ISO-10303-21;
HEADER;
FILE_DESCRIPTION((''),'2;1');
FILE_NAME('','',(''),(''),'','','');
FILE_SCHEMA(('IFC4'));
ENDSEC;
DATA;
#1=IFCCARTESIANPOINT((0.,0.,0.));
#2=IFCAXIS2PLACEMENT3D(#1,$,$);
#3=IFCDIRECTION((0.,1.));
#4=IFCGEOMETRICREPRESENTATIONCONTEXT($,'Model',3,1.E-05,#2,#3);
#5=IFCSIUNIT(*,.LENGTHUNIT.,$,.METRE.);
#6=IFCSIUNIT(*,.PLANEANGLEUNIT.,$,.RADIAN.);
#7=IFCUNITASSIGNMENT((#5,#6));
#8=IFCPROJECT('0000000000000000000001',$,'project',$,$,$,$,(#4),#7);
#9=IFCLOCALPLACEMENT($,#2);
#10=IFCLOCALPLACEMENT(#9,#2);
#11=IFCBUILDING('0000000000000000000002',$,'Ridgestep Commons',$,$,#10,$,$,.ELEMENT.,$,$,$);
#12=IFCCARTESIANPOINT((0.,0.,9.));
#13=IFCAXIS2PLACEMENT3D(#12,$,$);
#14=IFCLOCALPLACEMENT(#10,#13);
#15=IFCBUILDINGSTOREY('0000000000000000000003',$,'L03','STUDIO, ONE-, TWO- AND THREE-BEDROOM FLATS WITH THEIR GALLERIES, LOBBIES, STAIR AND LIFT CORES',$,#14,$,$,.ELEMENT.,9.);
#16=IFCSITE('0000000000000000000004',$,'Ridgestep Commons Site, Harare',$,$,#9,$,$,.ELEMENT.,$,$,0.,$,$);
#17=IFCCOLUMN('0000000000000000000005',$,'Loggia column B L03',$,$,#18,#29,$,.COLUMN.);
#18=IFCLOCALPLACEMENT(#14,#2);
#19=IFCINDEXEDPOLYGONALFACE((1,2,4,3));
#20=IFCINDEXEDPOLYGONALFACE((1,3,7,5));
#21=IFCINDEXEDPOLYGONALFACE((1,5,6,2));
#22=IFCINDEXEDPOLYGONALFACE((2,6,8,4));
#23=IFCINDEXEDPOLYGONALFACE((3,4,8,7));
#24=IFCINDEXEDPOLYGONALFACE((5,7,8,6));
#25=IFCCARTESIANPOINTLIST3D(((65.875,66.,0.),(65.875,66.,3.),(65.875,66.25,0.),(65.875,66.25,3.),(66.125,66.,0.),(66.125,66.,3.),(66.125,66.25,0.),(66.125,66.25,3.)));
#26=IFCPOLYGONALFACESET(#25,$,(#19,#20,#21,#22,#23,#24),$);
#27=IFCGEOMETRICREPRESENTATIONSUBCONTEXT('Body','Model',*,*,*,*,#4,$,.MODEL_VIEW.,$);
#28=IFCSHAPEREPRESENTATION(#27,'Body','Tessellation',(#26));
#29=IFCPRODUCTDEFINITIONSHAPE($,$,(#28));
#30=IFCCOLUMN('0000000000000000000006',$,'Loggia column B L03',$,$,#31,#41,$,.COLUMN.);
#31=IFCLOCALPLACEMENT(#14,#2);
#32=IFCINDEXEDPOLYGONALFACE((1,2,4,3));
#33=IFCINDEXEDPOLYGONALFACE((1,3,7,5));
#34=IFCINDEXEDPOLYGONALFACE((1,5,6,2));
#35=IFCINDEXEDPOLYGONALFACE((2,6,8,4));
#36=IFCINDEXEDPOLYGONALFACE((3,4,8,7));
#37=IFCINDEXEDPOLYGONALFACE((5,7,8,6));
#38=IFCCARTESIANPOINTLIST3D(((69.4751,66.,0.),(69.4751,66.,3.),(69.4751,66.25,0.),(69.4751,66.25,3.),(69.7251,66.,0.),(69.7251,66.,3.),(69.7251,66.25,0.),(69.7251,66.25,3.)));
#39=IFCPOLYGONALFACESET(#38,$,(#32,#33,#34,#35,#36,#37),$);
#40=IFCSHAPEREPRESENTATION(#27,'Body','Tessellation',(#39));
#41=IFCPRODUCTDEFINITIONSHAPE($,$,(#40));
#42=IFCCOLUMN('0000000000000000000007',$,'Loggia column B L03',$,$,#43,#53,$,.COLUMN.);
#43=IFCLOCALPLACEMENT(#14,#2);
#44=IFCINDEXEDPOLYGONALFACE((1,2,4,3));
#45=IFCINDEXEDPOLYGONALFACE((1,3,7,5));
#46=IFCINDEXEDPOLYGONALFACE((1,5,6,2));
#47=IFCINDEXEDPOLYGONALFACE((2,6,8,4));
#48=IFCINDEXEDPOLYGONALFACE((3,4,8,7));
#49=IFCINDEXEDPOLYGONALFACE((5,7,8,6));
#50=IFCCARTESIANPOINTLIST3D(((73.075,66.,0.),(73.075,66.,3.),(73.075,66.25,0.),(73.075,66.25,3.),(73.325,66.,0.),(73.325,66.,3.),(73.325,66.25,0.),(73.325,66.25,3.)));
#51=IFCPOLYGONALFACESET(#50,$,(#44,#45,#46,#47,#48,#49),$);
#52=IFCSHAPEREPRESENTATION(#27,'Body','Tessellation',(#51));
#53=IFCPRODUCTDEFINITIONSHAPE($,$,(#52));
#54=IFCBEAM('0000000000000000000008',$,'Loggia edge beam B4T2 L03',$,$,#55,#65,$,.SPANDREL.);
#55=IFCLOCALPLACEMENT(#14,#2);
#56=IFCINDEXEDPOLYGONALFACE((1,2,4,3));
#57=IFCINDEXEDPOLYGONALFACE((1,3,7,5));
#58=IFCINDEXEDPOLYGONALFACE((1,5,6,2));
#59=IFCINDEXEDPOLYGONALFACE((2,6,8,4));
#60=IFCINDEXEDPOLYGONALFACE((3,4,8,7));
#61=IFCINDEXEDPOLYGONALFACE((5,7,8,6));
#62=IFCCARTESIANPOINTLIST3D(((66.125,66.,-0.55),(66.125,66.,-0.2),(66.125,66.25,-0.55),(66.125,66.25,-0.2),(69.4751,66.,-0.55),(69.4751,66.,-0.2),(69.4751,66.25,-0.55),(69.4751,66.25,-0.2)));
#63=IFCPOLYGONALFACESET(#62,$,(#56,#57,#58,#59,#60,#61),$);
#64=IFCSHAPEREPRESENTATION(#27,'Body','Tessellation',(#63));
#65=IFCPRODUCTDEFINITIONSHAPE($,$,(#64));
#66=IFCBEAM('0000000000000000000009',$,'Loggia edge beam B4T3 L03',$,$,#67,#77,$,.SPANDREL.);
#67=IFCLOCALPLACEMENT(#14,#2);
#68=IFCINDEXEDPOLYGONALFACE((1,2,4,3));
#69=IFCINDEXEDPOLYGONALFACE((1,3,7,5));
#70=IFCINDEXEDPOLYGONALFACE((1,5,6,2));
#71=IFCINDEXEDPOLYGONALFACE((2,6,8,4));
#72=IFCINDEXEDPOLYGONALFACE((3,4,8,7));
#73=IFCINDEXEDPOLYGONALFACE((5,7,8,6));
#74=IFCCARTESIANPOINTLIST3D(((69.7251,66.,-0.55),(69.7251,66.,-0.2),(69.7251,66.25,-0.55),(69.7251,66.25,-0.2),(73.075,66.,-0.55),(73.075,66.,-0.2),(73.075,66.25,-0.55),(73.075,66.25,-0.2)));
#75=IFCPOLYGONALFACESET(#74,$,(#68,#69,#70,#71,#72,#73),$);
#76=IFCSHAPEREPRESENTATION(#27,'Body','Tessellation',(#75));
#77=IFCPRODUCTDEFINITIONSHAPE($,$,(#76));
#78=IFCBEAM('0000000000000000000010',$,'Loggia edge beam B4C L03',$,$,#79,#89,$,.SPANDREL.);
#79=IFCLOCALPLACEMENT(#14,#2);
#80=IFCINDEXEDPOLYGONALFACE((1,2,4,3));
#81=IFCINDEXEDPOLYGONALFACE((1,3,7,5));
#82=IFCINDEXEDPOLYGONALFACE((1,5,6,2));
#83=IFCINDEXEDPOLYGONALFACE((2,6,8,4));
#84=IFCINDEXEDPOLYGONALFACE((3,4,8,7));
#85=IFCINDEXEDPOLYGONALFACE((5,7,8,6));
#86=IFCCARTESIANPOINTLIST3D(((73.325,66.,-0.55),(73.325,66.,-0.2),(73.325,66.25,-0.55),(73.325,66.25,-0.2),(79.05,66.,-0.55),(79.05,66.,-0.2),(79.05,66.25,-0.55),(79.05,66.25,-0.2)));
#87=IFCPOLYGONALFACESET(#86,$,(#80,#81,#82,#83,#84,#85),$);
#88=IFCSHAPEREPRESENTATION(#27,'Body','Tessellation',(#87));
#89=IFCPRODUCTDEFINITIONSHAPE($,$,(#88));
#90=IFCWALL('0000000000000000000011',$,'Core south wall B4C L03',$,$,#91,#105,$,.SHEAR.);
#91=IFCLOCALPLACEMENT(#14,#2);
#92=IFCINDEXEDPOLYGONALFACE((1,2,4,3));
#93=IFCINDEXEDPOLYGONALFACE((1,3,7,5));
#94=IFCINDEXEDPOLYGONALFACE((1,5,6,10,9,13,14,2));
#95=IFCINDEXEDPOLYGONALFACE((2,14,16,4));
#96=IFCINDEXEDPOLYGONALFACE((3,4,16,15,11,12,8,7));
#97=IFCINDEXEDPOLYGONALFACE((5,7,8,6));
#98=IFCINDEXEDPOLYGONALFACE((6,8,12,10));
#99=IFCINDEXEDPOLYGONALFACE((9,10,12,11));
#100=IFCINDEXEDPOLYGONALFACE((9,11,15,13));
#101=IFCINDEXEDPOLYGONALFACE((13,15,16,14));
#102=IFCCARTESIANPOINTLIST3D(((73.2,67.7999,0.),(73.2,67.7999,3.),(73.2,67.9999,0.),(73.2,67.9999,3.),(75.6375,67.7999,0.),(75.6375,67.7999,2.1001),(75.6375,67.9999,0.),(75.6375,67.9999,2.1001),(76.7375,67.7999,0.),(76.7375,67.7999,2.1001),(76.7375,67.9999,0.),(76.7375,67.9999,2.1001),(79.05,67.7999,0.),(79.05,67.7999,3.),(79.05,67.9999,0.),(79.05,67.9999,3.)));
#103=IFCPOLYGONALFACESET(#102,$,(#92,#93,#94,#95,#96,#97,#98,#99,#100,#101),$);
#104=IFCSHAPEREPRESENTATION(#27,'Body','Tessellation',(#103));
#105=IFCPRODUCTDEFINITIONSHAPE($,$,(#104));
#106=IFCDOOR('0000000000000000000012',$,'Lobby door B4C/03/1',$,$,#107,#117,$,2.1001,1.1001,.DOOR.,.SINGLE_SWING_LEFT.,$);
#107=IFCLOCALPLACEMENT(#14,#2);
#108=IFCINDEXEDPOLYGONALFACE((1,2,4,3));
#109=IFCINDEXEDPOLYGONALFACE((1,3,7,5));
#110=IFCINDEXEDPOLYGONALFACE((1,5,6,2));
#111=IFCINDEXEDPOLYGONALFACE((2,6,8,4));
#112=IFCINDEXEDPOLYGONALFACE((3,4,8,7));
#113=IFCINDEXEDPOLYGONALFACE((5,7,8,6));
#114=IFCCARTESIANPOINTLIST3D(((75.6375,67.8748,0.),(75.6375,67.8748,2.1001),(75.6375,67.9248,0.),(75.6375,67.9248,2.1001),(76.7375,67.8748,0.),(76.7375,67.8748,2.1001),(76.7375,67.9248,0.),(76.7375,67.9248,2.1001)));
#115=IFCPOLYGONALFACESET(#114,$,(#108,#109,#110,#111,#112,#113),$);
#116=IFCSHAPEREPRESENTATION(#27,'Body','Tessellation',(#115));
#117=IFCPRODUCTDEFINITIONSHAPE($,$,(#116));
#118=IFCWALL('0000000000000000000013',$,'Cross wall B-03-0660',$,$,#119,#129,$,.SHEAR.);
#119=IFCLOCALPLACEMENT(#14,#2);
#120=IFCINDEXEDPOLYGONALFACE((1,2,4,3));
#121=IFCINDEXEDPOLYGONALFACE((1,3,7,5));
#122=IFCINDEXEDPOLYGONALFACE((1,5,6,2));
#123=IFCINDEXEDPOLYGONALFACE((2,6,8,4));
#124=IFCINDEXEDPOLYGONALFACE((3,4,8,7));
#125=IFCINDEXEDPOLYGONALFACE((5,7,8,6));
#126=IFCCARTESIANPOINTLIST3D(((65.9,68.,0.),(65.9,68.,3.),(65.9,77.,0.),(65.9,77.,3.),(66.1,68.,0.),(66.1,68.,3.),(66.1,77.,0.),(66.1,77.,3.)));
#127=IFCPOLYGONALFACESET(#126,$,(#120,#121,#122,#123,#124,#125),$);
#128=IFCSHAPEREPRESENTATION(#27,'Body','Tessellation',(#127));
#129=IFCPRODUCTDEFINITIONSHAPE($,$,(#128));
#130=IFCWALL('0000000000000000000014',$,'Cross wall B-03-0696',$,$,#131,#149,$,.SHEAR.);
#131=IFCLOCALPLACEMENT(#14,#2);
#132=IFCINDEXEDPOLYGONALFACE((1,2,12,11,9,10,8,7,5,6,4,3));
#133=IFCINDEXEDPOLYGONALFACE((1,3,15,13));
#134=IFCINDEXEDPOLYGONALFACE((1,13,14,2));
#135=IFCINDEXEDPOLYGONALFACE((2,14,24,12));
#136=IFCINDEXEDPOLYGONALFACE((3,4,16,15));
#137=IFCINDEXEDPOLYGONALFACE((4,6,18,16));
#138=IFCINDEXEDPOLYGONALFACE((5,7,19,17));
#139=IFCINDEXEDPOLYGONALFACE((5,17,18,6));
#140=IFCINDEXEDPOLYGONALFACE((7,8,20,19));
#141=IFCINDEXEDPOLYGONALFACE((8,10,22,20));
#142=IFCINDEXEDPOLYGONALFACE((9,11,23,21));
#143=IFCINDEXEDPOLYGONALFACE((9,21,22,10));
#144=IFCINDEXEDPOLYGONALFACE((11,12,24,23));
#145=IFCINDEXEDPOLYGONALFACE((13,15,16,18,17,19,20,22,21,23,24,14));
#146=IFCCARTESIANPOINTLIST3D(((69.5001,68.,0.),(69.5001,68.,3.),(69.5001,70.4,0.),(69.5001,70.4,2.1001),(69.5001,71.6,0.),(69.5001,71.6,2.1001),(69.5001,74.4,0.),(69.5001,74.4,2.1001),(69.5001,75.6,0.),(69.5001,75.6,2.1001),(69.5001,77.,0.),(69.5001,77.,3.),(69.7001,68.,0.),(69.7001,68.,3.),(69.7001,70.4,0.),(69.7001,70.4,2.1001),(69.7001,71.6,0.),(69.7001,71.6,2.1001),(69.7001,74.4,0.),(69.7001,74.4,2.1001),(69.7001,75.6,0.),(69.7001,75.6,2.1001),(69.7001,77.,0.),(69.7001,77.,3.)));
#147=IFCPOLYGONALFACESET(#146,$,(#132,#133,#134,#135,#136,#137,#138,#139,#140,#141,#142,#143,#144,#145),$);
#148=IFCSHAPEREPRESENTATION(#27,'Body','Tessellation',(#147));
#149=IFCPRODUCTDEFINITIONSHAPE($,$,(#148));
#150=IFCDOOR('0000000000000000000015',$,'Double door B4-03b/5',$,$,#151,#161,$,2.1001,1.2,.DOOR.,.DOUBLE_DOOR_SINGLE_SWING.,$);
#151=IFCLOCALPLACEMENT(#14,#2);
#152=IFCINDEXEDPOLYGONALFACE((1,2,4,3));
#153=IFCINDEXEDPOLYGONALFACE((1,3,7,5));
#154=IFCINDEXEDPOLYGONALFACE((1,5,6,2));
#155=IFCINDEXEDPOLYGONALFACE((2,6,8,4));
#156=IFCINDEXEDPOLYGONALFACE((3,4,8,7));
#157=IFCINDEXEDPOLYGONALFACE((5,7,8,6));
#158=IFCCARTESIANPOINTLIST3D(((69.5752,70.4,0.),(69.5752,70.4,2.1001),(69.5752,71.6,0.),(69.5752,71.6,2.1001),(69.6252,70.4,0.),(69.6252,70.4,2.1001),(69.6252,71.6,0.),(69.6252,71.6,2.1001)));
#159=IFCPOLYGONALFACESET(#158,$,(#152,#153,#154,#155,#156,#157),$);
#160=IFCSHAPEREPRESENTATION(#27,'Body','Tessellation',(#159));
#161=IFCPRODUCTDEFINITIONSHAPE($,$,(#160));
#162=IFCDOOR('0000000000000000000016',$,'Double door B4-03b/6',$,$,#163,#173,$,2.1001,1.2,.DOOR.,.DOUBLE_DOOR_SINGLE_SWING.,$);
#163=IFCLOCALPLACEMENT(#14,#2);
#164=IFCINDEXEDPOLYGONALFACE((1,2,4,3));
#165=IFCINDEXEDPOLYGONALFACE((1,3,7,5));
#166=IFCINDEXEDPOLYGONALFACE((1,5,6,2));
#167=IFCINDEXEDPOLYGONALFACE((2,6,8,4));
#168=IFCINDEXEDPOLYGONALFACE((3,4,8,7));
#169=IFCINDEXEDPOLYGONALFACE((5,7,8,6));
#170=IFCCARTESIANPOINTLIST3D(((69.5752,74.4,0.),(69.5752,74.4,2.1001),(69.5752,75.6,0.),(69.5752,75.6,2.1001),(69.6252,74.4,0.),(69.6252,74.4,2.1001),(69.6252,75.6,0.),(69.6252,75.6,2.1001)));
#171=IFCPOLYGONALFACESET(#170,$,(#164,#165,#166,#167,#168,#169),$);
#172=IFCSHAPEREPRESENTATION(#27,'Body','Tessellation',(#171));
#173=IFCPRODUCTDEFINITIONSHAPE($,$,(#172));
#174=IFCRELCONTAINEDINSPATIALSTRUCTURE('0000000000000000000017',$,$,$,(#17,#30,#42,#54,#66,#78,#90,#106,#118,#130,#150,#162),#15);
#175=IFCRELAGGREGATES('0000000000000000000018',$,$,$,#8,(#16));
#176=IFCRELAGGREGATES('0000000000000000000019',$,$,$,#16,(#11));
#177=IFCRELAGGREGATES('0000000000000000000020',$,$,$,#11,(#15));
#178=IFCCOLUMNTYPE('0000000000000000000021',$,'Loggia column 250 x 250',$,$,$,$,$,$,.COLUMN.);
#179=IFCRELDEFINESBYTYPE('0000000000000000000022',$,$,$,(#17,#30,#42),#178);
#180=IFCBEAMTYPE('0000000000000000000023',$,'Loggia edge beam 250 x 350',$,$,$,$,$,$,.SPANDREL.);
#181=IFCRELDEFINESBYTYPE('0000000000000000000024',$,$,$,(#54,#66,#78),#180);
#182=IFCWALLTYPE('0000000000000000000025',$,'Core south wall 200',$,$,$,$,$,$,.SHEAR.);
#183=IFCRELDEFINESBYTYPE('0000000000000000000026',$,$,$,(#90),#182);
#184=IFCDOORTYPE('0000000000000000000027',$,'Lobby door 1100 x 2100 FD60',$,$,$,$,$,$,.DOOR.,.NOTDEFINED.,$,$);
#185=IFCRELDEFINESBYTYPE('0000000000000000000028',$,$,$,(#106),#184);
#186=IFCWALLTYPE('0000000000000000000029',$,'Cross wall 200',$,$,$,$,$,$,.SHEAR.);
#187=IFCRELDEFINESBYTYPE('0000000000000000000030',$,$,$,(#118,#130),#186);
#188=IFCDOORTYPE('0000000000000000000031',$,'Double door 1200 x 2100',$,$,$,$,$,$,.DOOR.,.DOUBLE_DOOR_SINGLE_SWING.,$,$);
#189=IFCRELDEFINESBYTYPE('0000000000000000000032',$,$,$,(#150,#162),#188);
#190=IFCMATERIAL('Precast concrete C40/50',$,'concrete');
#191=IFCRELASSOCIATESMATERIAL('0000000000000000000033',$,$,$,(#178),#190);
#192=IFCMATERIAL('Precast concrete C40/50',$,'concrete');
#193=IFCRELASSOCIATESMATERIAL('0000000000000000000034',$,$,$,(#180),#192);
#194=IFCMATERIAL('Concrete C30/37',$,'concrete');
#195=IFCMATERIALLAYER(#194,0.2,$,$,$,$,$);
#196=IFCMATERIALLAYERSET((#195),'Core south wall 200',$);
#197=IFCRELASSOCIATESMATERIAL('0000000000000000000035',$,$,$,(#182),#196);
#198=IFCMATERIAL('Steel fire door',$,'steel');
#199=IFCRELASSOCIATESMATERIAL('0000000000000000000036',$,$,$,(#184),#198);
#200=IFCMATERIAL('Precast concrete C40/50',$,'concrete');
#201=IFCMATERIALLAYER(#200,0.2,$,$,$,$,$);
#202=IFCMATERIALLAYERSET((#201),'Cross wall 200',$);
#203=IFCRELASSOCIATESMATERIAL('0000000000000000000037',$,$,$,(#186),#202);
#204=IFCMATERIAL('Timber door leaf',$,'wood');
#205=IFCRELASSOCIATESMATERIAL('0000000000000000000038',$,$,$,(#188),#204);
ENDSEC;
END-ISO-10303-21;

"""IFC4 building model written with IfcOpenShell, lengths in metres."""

from ifc_helpers import new_model, si_unit, direction, frame, frame_2d, origin, origin_2d, place, context, subcontext, project, spatial, rectangle, extrude, material, layer, layer_set, material_profile, profile_set, type_object, element, fill, save


model = new_model("IFC4")

# Units and contexts
model_context = context("Model", 3, precision=1e-05, world=origin(), true_north=direction((0.0, 1.0)))
body_context = subcontext(model_context, "Body", "Model", "MODEL_VIEW")
ifc_project = project(units=[si_unit("LENGTHUNIT", "METRE"), si_unit("PLANEANGLEUNIT", "RADIAN")], contexts=[model_context])

# Site, building, storey
site_placement = place(None, origin())
site = spatial("IfcSite", under=ifc_project, at=site_placement, Name="Ridgestep Commons Site, Harare", CompositionType="ELEMENT", RefElevation=0.0)
building_placement = place(site_placement, origin())
building = spatial("IfcBuilding", under=site, at=building_placement, Name="Ridgestep Commons", CompositionType="ELEMENT")
storey_placement = place(building_placement, frame((0.0, 0.0, 9.0)))
storey = spatial("IfcBuildingStorey", under=building, at=storey_placement, Name="L03", Description="STUDIO, ONE-, TWO- AND THREE-BEDROOM FLATS WITH THEIR GALLERIES, LOBBIES, STAIR AND LIFT CORES", CompositionType="ELEMENT", Elevation=9.0)

# Columns
ifc_material_1 = material(Name="Precast concrete C40/50", Category="concrete")
ifc_material_profile_1 = material_profile(ifc_material_1, rectangle(XDim=0.25, YDim=0.25, at=origin_2d()), Name="PC 250x250")
ifc_profile_set_1 = profile_set([ifc_material_profile_1], Name="Precast concrete C40/50")
column_type = type_object("IfcColumnType", Name="Loggia column 250 x 250", PredefinedType="COLUMN", material=ifc_profile_set_1)
for number, where, z_axis, x_axis, name in (
    (1, (66.0, 66.125, 0.0), (0.0, 0.0, 1.0), (1.0, 0.0, 0.0), "Loggia column B L03"),
    (2, (69.6001, 66.125, 0.0), (0.0, 0.0, 1.0), (1.0, 0.0, 0.0), "Loggia column B L03"),
    (3, (73.2, 66.125, 0.0), (0.0, 0.0, 1.0), (1.0, 0.0, 0.0), "Loggia column B L03"),
):
    element("IfcColumn", number, at=place(storey_placement, frame(where, z_axis=z_axis, x_axis=x_axis)), inside=storey, type_object=column_type, Name=name, PredefinedType="COLUMN", context=body_context, shape_type="SweptSolid", body=[
        extrude(rectangle(XDim=0.25, YDim=0.25, at=origin_2d()), origin(), (0.0, 0.0, 1.0), 3.0),
    ])

# Beams
ifc_material_2 = material(Name="Precast concrete C40/50", Category="concrete")
ifc_material_profile_2 = material_profile(ifc_material_2, rectangle(XDim=0.25, YDim=0.3501, at=origin_2d()), Name="PC 250x350")
ifc_profile_set_2 = profile_set([ifc_material_profile_2], Name="Precast concrete C40/50")
beam_type = type_object("IfcBeamType", Name="Loggia edge beam 250 x 350", PredefinedType="SPANDREL", material=ifc_profile_set_2)
beam_1_placement = place(storey_placement, frame((66.125, 66.125, -0.375), z_axis=(1.0, 0.0, 0.0), x_axis=(0.0, 1.0, 0.0)))
element("IfcBeam", 4, at=beam_1_placement, inside=storey, type_object=beam_type, Name="Loggia edge beam B4T2 L03", PredefinedType="SPANDREL", context=body_context, shape_type="SweptSolid", body=[
    extrude(rectangle(XDim=0.25, YDim=0.3501, at=origin_2d()), origin(), (0.0, 0.0, 1.0), 3.3501),
])
beam_2_placement = place(storey_placement, frame((69.7251, 66.125, -0.375), z_axis=(1.0, 0.0, 0.0), x_axis=(0.0, 1.0, 0.0)))
element("IfcBeam", 5, at=beam_2_placement, inside=storey, type_object=beam_type, Name="Loggia edge beam B4T3 L03", PredefinedType="SPANDREL", context=body_context, shape_type="SweptSolid", body=[
    extrude(rectangle(XDim=0.25, YDim=0.3501, at=origin_2d()), origin(), (0.0, 0.0, 1.0), 3.3499),
])
beam_3_placement = place(storey_placement, frame((73.325, 66.125, -0.375), z_axis=(1.0, 0.0, 0.0), x_axis=(0.0, 1.0, 0.0)))
element("IfcBeam", 6, at=beam_3_placement, inside=storey, type_object=beam_type, Name="Loggia edge beam B4C L03", PredefinedType="SPANDREL", context=body_context, shape_type="SweptSolid", body=[
    extrude(rectangle(XDim=0.25, YDim=0.3501, at=origin_2d()), origin(), (0.0, 0.0, 1.0), 5.7251),
])

# Wall, opening, door
ifc_material_3 = material(Name="Concrete C30/37", Category="concrete")
ifc_layer_1 = layer(ifc_material_3, 0.2)
ifc_layer_set_1 = layer_set([ifc_layer_1], Name="Core south wall 200")
wall_type_1 = type_object("IfcWallType", Name="Core south wall 200", PredefinedType="SHEAR", material=ifc_layer_set_1)
wall_1_placement = place(storey_placement, frame((73.2, 67.8999, 0.0), z_axis=(0.0, 0.0, 1.0), x_axis=(1.0, 0.0, 0.0)))
wall_1 = element("IfcWall", 7, at=wall_1_placement, inside=storey, type_object=wall_type_1, Name="Core south wall B4C L03", PredefinedType="SHEAR", context=body_context, shape_type="SweptSolid", body=[
    extrude(rectangle(XDim=5.8501, YDim=0.2, at=frame_2d((2.925, 0.0))), origin(), (0.0, 0.0, 1.0), 3.0),
])
opening_1_placement = place(wall_1_placement, frame((2.4375, 0.0, 0.0)))
opening_1 = element("IfcOpeningElement", 8, at=opening_1_placement, cuts=wall_1, PredefinedType="OPENING", context=body_context, shape_type="SweptSolid", body=[
    extrude(rectangle(XDim=1.1001, YDim=2.1001, at=frame_2d((0.55, 1.05))), frame((0.0, 0.1099, 0.0), z_axis=(0.0, -1.0, 0.0), x_axis=(1.0, 0.0, 0.0)), (0.0, 0.0, 1.0), 0.22),
])
ifc_material_4 = material(Name="Steel fire door", Category="steel")
door_type_1 = type_object("IfcDoorType", Name="Lobby door 1100 x 2100 FD60", OperationType="NOTDEFINED", PredefinedType="DOOR", material=ifc_material_4)
door_1_placement = place(opening_1_placement, origin())
door_1 = element("IfcDoor", 9, at=door_1_placement, inside=storey, type_object=door_type_1, Name="Lobby door B4C/03/1", OperationType="SINGLE_SWING_LEFT", OverallHeight=2.1001, OverallWidth=1.1001, PredefinedType="DOOR", context=body_context, shape_type="SweptSolid", body=[
    extrude(rectangle(XDim=1.1001, YDim=2.1001, at=frame_2d((0.55, 1.05))), frame((0.0, 0.0249, 0.0), z_axis=(0.0, -1.0, 0.0), x_axis=(1.0, 0.0, 0.0)), (0.0, 0.0, 1.0), 0.05),
])
fill(opening_1, door_1)

# Wall
ifc_material_5 = material(Name="Precast concrete C40/50", Category="concrete")
ifc_layer_2 = layer(ifc_material_5, 0.2)
ifc_layer_set_2 = layer_set([ifc_layer_2], Name="Cross wall 200")
wall_type_2 = type_object("IfcWallType", Name="Cross wall 200", PredefinedType="SHEAR", material=ifc_layer_set_2)
wall_2_placement = place(storey_placement, frame((66.0, 68.0, 0.0), z_axis=(0.0, 0.0, 1.0), x_axis=(0.0, 1.0, 0.0)))
element("IfcWall", 10, at=wall_2_placement, inside=storey, type_object=wall_type_2, Name="Cross wall B-03-0660", PredefinedType="SHEAR", context=body_context, shape_type="SweptSolid", body=[
    extrude(rectangle(XDim=9.0, YDim=0.2, at=frame_2d((4.5, 0.0))), origin(), (0.0, 0.0, 1.0), 3.0),
])

# Wall, openings, doors
wall_3_placement = place(storey_placement, frame((69.6001, 68.0, 0.0), z_axis=(0.0, 0.0, 1.0), x_axis=(0.0, 1.0, 0.0)))
wall_3 = element("IfcWall", 11, at=wall_3_placement, inside=storey, type_object=wall_type_2, Name="Cross wall B-03-0696", PredefinedType="SHEAR", context=body_context, shape_type="SweptSolid", body=[
    extrude(rectangle(XDim=9.0, YDim=0.2, at=frame_2d((4.5, 0.0))), origin(), (0.0, 0.0, 1.0), 3.0),
])
opening_2_placement = place(wall_3_placement, frame((2.3999, 0.0, 0.0)))
opening_2 = element("IfcOpeningElement", 12, at=opening_2_placement, cuts=wall_3, PredefinedType="OPENING", context=body_context, shape_type="SweptSolid", body=[
    extrude(rectangle(XDim=1.2, YDim=2.1001, at=frame_2d((0.6001, 1.05))), frame((0.0, 0.1099, 0.0), z_axis=(0.0, -1.0, 0.0), x_axis=(1.0, 0.0, 0.0)), (0.0, 0.0, 1.0), 0.22),
])
opening_3_placement = place(wall_3_placement, frame((6.3999, 0.0, 0.0)))
opening_3 = element("IfcOpeningElement", 13, at=opening_3_placement, cuts=wall_3, PredefinedType="OPENING", context=body_context, shape_type="SweptSolid", body=[
    extrude(rectangle(XDim=1.2, YDim=2.1001, at=frame_2d((0.6001, 1.05))), frame((0.0, 0.1099, 0.0), z_axis=(0.0, -1.0, 0.0), x_axis=(1.0, 0.0, 0.0)), (0.0, 0.0, 1.0), 0.22),
])
ifc_material_6 = material(Name="Timber door leaf", Category="wood")
door_type_2 = type_object("IfcDoorType", Name="Double door 1200 x 2100", OperationType="DOUBLE_DOOR_SINGLE_SWING", PredefinedType="DOOR", material=ifc_material_6)
door_2_placement = place(opening_2_placement, origin())
door_2 = element("IfcDoor", 14, at=door_2_placement, inside=storey, type_object=door_type_2, Name="Double door B4-03b/5", OperationType="DOUBLE_DOOR_SINGLE_SWING", OverallHeight=2.1001, OverallWidth=1.2, PredefinedType="DOOR", context=body_context, shape_type="SweptSolid", body=[
    extrude(rectangle(XDim=1.2, YDim=2.1001, at=frame_2d((0.6001, 1.05))), frame((0.0, 0.0249, 0.0), z_axis=(0.0, -1.0, 0.0), x_axis=(1.0, 0.0, 0.0)), (0.0, 0.0, 1.0), 0.05),
])
fill(opening_2, door_2)
door_3_placement = place(opening_3_placement, origin())
door_3 = element("IfcDoor", 15, at=door_3_placement, inside=storey, type_object=door_type_2, Name="Double door B4-03b/6", OperationType="DOUBLE_DOOR_SINGLE_SWING", OverallHeight=2.1001, OverallWidth=1.2, PredefinedType="DOOR", context=body_context, shape_type="SweptSolid", body=[
    extrude(rectangle(XDim=1.2, YDim=2.1001, at=frame_2d((0.6001, 1.05))), frame((0.0, 0.0249, 0.0), z_axis=(0.0, -1.0, 0.0), x_axis=(1.0, 0.0, 0.0)), (0.0, 0.0, 1.0), 0.05),
])
fill(opening_3, door_3)

save(model, "model.ifc")
